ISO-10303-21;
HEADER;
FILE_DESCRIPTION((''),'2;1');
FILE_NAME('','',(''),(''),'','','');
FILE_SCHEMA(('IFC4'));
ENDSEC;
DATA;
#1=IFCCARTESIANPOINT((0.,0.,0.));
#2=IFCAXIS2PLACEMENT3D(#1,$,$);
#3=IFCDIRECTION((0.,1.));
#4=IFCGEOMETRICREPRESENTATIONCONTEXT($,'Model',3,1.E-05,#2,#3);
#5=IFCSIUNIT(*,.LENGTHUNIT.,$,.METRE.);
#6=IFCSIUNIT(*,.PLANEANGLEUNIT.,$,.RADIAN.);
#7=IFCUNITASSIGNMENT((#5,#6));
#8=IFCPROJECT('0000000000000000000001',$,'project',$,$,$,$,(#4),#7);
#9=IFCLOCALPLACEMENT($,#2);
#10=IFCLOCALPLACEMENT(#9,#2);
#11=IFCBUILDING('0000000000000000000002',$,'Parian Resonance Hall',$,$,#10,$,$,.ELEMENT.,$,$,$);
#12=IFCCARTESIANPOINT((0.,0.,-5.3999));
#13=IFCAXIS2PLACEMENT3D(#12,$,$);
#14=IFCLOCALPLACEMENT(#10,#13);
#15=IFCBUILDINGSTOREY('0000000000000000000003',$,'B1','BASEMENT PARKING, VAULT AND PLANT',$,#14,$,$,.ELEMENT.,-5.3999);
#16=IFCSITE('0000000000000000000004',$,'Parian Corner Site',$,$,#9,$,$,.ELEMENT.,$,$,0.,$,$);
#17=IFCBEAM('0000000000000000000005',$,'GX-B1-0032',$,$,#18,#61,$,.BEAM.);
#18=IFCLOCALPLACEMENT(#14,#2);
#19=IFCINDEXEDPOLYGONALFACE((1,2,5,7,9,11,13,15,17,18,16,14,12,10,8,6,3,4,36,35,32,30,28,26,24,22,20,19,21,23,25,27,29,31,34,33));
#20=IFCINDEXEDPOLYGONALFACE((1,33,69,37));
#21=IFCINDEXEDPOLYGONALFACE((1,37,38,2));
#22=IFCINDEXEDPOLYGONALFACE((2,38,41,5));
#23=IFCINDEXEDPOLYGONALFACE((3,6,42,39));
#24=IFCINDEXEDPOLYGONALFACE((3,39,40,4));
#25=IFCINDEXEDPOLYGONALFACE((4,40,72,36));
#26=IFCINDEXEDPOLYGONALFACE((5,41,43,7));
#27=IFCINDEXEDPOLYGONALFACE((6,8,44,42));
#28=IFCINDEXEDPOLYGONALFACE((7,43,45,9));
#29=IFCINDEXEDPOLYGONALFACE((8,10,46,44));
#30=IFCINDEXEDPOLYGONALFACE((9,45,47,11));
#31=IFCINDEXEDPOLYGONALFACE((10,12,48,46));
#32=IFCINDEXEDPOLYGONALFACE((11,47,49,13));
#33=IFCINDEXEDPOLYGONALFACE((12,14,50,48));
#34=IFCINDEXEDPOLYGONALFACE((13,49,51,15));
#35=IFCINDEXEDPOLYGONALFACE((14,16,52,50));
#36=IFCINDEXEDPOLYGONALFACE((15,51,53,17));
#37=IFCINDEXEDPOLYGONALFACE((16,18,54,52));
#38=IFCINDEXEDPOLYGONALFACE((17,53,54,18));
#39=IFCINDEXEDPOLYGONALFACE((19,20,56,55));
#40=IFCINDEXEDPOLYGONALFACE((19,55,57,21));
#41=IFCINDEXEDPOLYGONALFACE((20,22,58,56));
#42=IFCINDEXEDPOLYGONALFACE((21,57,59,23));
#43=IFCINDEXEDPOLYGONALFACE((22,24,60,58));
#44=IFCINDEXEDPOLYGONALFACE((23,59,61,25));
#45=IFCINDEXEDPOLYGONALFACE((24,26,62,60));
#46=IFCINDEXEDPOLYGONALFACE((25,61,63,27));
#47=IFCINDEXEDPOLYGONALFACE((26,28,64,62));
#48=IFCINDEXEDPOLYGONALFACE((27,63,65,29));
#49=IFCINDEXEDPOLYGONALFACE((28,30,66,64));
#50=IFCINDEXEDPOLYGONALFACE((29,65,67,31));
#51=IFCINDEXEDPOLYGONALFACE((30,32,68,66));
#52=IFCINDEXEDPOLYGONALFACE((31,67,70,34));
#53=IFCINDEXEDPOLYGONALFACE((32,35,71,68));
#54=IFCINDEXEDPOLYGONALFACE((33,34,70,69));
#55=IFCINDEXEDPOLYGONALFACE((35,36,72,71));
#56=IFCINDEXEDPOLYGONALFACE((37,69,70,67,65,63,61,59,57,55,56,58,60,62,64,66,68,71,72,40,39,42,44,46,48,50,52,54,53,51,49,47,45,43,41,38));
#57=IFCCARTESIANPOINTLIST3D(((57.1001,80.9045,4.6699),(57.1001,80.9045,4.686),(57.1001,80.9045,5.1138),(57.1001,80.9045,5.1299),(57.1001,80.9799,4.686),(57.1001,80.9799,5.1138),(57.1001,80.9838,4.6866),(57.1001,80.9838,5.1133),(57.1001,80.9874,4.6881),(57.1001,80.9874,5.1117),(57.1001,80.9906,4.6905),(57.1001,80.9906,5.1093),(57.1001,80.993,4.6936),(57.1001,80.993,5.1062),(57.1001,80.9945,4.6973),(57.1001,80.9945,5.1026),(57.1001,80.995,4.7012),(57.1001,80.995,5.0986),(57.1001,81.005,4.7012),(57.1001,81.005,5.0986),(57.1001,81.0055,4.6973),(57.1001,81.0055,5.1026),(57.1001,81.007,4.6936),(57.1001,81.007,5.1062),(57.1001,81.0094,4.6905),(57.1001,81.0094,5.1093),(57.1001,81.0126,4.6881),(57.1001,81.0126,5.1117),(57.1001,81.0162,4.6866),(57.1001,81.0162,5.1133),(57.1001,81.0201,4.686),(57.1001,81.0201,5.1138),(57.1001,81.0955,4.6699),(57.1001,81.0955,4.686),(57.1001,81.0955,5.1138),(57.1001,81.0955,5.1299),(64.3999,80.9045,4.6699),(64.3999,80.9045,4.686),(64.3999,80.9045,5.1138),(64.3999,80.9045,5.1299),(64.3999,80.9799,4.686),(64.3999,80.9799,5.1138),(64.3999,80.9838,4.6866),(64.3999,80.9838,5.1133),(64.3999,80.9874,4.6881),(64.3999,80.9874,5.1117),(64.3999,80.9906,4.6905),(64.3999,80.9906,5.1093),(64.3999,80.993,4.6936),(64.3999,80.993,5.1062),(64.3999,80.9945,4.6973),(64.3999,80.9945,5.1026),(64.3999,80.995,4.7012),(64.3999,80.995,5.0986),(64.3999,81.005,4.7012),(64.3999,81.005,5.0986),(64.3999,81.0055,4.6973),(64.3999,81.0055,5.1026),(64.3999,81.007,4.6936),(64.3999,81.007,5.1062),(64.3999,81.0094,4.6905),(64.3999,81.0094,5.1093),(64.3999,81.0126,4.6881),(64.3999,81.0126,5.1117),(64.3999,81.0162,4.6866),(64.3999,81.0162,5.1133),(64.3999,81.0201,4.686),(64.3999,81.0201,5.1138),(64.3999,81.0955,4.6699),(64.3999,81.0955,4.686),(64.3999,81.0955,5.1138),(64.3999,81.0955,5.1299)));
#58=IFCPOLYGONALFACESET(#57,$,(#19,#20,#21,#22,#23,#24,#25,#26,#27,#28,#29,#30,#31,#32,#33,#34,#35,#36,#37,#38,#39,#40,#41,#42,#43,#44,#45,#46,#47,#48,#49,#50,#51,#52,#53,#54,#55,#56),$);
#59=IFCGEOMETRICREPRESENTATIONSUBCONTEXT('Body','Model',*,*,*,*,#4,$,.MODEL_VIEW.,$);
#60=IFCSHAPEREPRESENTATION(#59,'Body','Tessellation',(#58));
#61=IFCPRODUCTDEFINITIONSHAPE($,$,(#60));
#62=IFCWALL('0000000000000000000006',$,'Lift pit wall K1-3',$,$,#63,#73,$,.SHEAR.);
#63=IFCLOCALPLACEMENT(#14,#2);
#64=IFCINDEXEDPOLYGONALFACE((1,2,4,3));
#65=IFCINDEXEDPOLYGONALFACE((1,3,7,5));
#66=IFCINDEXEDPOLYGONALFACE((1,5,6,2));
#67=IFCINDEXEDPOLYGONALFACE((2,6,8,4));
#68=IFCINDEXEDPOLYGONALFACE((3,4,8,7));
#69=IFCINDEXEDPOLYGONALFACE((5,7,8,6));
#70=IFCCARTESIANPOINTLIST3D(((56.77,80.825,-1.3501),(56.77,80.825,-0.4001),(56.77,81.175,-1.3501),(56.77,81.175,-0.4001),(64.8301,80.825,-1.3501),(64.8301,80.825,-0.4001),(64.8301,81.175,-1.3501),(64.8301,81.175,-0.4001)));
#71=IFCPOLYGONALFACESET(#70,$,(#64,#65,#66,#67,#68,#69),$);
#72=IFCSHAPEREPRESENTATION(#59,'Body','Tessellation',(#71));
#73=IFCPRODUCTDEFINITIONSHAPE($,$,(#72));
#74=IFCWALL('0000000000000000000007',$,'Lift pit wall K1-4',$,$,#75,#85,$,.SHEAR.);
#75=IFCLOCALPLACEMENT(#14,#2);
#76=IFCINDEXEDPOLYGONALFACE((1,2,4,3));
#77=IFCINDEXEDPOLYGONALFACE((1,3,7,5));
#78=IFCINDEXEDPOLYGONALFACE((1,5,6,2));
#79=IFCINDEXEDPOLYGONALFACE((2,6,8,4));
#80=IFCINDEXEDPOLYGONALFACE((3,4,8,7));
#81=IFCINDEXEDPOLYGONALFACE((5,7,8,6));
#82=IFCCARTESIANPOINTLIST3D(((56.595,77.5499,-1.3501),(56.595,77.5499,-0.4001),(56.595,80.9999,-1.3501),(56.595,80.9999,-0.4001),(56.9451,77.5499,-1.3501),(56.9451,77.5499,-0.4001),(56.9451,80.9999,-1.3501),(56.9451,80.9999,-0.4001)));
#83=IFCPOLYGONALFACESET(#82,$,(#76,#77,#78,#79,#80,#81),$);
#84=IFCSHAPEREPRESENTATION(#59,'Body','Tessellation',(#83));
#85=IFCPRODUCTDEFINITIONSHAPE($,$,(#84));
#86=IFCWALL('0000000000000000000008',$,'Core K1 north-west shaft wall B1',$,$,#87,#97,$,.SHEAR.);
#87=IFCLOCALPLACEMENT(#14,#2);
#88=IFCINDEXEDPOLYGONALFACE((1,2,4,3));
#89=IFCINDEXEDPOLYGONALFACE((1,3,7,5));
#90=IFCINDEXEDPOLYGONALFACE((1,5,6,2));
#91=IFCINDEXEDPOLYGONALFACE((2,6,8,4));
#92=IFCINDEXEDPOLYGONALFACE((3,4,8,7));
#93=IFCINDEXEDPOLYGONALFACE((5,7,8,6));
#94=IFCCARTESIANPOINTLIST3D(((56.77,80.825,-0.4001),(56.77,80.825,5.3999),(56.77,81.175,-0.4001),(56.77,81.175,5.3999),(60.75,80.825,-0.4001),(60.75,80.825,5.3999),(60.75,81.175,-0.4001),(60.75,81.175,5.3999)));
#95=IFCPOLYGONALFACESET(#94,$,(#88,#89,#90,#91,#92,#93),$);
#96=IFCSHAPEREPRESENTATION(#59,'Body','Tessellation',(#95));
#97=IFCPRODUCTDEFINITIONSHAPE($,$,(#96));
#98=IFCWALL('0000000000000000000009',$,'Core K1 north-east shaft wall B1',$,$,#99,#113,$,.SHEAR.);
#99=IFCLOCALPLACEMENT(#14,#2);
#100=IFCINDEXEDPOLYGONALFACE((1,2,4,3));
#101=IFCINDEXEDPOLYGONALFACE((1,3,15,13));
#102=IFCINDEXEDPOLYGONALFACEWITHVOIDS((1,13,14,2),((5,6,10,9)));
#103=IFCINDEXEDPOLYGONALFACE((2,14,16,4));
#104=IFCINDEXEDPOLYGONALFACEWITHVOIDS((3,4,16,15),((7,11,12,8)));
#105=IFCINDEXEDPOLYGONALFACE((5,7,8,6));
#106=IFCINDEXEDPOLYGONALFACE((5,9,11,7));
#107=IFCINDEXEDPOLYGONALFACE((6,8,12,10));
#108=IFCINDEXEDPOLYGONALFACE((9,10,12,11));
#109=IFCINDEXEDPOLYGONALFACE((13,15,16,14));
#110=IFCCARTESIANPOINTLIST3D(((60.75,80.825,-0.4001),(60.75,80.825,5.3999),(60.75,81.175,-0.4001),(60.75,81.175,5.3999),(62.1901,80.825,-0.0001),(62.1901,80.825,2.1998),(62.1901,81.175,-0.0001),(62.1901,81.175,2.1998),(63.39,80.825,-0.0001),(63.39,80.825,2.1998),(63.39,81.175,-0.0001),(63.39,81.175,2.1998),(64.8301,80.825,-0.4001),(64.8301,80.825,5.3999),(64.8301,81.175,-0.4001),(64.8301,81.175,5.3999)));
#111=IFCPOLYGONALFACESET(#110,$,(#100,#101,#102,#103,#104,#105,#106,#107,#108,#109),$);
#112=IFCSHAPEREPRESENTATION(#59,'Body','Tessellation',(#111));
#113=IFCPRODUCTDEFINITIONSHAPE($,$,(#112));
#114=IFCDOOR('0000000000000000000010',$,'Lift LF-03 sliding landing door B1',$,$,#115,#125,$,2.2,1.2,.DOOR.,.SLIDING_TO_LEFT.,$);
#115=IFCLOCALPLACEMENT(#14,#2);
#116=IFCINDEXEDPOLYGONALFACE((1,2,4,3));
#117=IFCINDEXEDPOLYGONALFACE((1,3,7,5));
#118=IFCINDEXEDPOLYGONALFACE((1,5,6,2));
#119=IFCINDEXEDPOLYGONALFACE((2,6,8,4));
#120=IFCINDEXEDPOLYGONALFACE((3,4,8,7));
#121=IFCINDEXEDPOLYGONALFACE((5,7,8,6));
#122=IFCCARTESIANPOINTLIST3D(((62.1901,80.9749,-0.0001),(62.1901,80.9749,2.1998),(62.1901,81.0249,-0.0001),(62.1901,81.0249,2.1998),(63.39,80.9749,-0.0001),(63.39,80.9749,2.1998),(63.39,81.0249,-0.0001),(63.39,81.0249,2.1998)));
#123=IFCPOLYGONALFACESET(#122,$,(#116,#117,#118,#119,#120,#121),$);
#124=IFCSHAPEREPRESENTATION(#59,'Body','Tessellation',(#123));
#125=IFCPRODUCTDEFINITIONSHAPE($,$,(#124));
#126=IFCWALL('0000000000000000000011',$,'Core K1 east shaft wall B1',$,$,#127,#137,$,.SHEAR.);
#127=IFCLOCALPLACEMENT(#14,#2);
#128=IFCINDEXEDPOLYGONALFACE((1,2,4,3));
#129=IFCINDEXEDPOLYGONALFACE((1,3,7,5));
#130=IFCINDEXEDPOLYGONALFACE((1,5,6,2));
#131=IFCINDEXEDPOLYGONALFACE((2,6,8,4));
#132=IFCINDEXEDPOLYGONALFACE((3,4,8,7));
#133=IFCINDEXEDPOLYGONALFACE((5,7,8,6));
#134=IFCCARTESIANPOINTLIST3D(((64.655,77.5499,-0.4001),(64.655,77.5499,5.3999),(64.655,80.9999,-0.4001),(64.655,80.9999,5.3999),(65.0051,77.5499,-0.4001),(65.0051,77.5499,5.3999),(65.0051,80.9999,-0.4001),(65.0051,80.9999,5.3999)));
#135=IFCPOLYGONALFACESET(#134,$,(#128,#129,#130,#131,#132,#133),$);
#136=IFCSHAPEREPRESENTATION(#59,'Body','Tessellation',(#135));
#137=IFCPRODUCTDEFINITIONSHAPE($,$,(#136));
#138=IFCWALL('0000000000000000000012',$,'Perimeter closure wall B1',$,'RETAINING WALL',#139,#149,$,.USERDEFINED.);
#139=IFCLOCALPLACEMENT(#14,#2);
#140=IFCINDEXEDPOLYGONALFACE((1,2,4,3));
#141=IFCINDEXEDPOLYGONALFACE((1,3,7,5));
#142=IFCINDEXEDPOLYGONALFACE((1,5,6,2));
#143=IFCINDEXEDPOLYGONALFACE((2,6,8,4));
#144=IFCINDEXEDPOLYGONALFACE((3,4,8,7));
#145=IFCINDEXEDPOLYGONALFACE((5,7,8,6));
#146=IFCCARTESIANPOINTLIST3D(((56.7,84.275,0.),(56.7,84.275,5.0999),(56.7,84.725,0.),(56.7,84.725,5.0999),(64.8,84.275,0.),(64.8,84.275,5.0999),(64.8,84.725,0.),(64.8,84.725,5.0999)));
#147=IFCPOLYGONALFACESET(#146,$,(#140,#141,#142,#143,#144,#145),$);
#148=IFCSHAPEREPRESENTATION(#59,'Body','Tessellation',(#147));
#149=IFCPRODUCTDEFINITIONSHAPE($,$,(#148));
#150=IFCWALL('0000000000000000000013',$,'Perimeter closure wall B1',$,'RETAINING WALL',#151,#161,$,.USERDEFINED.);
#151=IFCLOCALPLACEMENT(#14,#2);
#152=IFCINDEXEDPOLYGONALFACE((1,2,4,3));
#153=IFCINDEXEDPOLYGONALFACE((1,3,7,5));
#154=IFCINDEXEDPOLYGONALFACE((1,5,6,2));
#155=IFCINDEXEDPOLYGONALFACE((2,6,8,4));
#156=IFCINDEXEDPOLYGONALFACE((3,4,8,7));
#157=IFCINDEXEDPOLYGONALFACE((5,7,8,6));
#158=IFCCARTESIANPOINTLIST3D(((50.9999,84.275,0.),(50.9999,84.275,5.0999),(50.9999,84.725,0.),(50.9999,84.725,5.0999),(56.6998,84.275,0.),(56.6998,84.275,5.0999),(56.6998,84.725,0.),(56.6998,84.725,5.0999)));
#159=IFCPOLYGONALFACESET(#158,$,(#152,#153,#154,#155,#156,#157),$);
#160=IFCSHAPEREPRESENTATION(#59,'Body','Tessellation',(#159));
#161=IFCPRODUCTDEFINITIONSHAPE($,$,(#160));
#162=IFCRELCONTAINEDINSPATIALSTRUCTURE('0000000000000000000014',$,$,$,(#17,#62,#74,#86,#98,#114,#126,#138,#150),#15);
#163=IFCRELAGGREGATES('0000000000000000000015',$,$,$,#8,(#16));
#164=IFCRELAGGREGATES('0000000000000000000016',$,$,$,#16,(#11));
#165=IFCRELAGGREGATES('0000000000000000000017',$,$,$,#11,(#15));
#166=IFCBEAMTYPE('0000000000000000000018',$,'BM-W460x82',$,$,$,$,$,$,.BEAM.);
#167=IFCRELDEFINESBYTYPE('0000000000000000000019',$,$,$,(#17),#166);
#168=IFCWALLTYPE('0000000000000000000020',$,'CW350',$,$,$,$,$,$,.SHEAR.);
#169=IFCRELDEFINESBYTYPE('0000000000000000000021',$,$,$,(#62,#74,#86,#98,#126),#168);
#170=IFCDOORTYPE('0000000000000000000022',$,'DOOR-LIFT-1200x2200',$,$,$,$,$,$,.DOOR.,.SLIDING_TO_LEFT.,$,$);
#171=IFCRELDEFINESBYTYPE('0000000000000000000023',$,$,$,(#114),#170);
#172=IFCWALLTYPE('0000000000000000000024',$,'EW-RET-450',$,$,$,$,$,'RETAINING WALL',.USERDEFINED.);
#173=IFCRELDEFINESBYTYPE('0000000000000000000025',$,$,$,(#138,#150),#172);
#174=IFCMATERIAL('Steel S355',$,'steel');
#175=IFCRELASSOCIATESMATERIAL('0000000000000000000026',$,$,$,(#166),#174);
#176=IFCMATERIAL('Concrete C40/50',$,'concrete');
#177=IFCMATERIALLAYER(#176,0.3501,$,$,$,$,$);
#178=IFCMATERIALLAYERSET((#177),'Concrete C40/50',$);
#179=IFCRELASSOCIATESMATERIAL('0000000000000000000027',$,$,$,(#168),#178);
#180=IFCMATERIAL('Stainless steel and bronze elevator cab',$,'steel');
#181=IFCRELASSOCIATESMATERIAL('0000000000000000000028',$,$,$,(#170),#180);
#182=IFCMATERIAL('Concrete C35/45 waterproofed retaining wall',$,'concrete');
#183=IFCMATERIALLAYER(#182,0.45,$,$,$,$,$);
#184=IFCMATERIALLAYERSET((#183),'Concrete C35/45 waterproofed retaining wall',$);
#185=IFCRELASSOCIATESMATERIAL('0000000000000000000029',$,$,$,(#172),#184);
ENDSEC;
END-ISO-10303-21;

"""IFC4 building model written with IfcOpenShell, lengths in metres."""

from ifc_helpers import new_model, si_unit, direction, frame, frame_2d, origin, origin_2d, place, context, subcontext, project, spatial, rectangle, i_section, extrude, material, layer, layer_set, material_profile, profile_set, type_object, element, fill, save


model = new_model("IFC4")

# Units and contexts
model_context = context("Model", 3, precision=1e-05, world=origin(), true_north=direction((0.0, 1.0)))
body_context = subcontext(model_context, "Body", "Model", "MODEL_VIEW")
ifc_project = project(units=[si_unit("LENGTHUNIT", "METRE"), si_unit("PLANEANGLEUNIT", "RADIAN")], contexts=[model_context])

# Site, building, storey
site_placement = place(None, origin())
site = spatial("IfcSite", under=ifc_project, at=site_placement, Name="Parian Corner Site", CompositionType="ELEMENT", RefElevation=0.0)
building_placement = place(site_placement, origin())
building = spatial("IfcBuilding", under=site, at=building_placement, Name="Parian Resonance Hall", CompositionType="ELEMENT")
storey_placement = place(building_placement, frame((0.0, 0.0, -5.3999)))
storey = spatial("IfcBuildingStorey", under=building, at=storey_placement, Name="B1", Description="BASEMENT PARKING, VAULT AND PLANT", CompositionType="ELEMENT", Elevation=-5.3999)

# Beam
ifc_material_1 = material(Name="Steel S355", Category="steel")
ifc_material_profile_1 = material_profile(ifc_material_1, i_section(OverallWidth=0.1909, OverallDepth=0.46, WebThickness=0.01, FlangeThickness=0.0161, FilletRadius=0.0151, at=origin_2d()), Name="W460x82")
ifc_profile_set_1 = profile_set([ifc_material_profile_1], Name="Steel S355")
beam_type_1 = type_object("IfcBeamType", Name="BM-W460x82", PredefinedType="BEAM", material=ifc_profile_set_1)
beam_1_placement = place(storey_placement, frame((57.1001, 81.0, 4.8999), z_axis=(1.0, 0.0, 0.0), x_axis=(0.0, 1.0, 0.0)))
element("IfcBeam", 1, at=beam_1_placement, inside=storey, type_object=beam_type_1, Name="GX-B1-0032", PredefinedType="BEAM", context=body_context, shape_type="SweptSolid", body=[
    extrude(i_section(OverallWidth=0.1909, OverallDepth=0.46, WebThickness=0.01, FlangeThickness=0.0161, FilletRadius=0.0151, at=origin_2d()), origin(), (0.0, 0.0, 1.0), 7.2998),
])

# Walls
ifc_material_2 = material(Name="Concrete C40/50", Category="concrete")
ifc_layer_1 = layer(ifc_material_2, 0.3501)
ifc_layer_set_1 = layer_set([ifc_layer_1], Name="Concrete C40/50")
wall_type_1 = type_object("IfcWallType", Name="CW350", PredefinedType="SHEAR", material=ifc_layer_set_1)
wall_1_placement = place(storey_placement, frame((64.8301, 81.0, -1.3501), z_axis=(0.0, 0.0, 1.0), x_axis=(-1.0, 0.0, 0.0)))
element("IfcWall", 2, at=wall_1_placement, inside=storey, type_object=wall_type_1, Name="Lift pit wall K1-3", PredefinedType="SHEAR", context=body_context, shape_type="SweptSolid", body=[
    extrude(rectangle(XDim=8.0601, YDim=0.3501, at=frame_2d((4.03, 0.0))), origin(), (0.0, 0.0, 1.0), 0.95),
])
wall_2_placement = place(storey_placement, frame((56.77, 81.0, -1.3501), z_axis=(0.0, 0.0, 1.0), x_axis=(0.0, -1.0, 0.0)))
element("IfcWall", 3, at=wall_2_placement, inside=storey, type_object=wall_type_1, Name="Lift pit wall K1-4", PredefinedType="SHEAR", context=body_context, shape_type="SweptSolid", body=[
    extrude(rectangle(XDim=3.45, YDim=0.3501, at=frame_2d((1.7251, 0.0))), origin(), (0.0, 0.0, 1.0), 0.95),
])
wall_3_placement = place(storey_placement, frame((56.77, 81.0, -0.4001), z_axis=(0.0, 0.0, 1.0), x_axis=(1.0, 0.0, 0.0)))
element("IfcWall", 4, at=wall_3_placement, inside=storey, type_object=wall_type_1, Name="Core K1 north-west shaft wall B1", PredefinedType="SHEAR", context=body_context, shape_type="SweptSolid", body=[
    extrude(rectangle(XDim=3.98, YDim=0.3501, at=frame_2d((1.99, 0.0))), origin(), (0.0, 0.0, 1.0), 5.8),
])

# Wall, opening, door
wall_4_placement = place(storey_placement, frame((60.75, 81.0, -0.4001), z_axis=(0.0, 0.0, 1.0), x_axis=(1.0, 0.0, 0.0)))
wall_4 = element("IfcWall", 5, at=wall_4_placement, inside=storey, type_object=wall_type_1, Name="Core K1 north-east shaft wall B1", PredefinedType="SHEAR", context=body_context, shape_type="SweptSolid", body=[
    extrude(rectangle(XDim=4.0801, YDim=0.3501, at=frame_2d((2.04, 0.0))), origin(), (0.0, 0.0, 1.0), 5.8),
])
opening_placement = place(wall_4_placement, frame((1.4399, 0.0, 0.3999)))
opening = element("IfcOpeningElement", 6, at=opening_placement, cuts=wall_4, PredefinedType="OPENING", context=body_context, shape_type="SweptSolid", body=[
    extrude(rectangle(XDim=1.2, YDim=2.2, at=frame_2d((0.6001, 1.1001))), frame((0.0, 0.1851, 0.0), z_axis=(0.0, -1.0, 0.0), x_axis=(1.0, 0.0, 0.0)), (0.0, 0.0, 1.0), 0.3701),
])
ifc_material_3 = material(Name="Stainless steel and bronze elevator cab", Category="steel")
door_type = type_object("IfcDoorType", Name="DOOR-LIFT-1200x2200", OperationType="SLIDING_TO_LEFT", PredefinedType="DOOR", material=ifc_material_3)
door_placement = place(opening_placement, origin())
door = element("IfcDoor", 7, at=door_placement, inside=storey, type_object=door_type, Name="Lift LF-03 sliding landing door B1", OperationType="SLIDING_TO_LEFT", OverallHeight=2.2, OverallWidth=1.2, PredefinedType="DOOR", context=body_context, shape_type="SweptSolid", body=[
    extrude(rectangle(XDim=1.2, YDim=2.2, at=frame_2d((0.6001, 1.1001))), frame((0.0, 0.0249, 0.0), z_axis=(0.0, -1.0, 0.0), x_axis=(1.0, 0.0, 0.0)), (0.0, 0.0, 1.0), 0.05),
])
fill(opening, door)

# Walls
wall_5_placement = place(storey_placement, frame((64.8301, 81.0, -0.4001), z_axis=(0.0, 0.0, 1.0), x_axis=(0.0, -1.0, 0.0)))
element("IfcWall", 8, at=wall_5_placement, inside=storey, type_object=wall_type_1, Name="Core K1 east shaft wall B1", PredefinedType="SHEAR", context=body_context, shape_type="SweptSolid", body=[
    extrude(rectangle(XDim=3.45, YDim=0.3501, at=frame_2d((1.7251, 0.0))), origin(), (0.0, 0.0, 1.0), 5.8),
])
ifc_material_4 = material(Name="Concrete C35/45 waterproofed retaining wall", Category="concrete")
ifc_layer_2 = layer(ifc_material_4, 0.45)
ifc_layer_set_2 = layer_set([ifc_layer_2], Name="Concrete C35/45 waterproofed retaining wall")
wall_type_2 = type_object("IfcWallType", Name="EW-RET-450", ElementType="RETAINING WALL", PredefinedType="USERDEFINED", material=ifc_layer_set_2)
wall_6_placement = place(storey_placement, frame((64.8, 84.5, 0.0), z_axis=(0.0, 0.0, 1.0), x_axis=(-1.0, 0.0, 0.0)))
element("IfcWall", 9, at=wall_6_placement, inside=storey, type_object=wall_type_2, Name="Perimeter closure wall B1", ObjectType="RETAINING WALL", PredefinedType="USERDEFINED", context=body_context, shape_type="SweptSolid", body=[
    extrude(rectangle(XDim=8.1001, YDim=0.45, at=frame_2d((4.05, 0.0))), origin(), (0.0, 0.0, 1.0), 5.0999),
])
wall_7_placement = place(storey_placement, frame((56.7, 84.5, 0.0), z_axis=(0.0, 0.0, 1.0), x_axis=(-1.0, 0.0, 0.0)))
element("IfcWall", 10, at=wall_7_placement, inside=storey, type_object=wall_type_2, Name="Perimeter closure wall B1", ObjectType="RETAINING WALL", PredefinedType="USERDEFINED", context=body_context, shape_type="SweptSolid", body=[
    extrude(rectangle(XDim=5.7, YDim=0.45, at=frame_2d((2.8501, 0.0))), origin(), (0.0, 0.0, 1.0), 5.0999),
])

save(model, "model.ifc")
